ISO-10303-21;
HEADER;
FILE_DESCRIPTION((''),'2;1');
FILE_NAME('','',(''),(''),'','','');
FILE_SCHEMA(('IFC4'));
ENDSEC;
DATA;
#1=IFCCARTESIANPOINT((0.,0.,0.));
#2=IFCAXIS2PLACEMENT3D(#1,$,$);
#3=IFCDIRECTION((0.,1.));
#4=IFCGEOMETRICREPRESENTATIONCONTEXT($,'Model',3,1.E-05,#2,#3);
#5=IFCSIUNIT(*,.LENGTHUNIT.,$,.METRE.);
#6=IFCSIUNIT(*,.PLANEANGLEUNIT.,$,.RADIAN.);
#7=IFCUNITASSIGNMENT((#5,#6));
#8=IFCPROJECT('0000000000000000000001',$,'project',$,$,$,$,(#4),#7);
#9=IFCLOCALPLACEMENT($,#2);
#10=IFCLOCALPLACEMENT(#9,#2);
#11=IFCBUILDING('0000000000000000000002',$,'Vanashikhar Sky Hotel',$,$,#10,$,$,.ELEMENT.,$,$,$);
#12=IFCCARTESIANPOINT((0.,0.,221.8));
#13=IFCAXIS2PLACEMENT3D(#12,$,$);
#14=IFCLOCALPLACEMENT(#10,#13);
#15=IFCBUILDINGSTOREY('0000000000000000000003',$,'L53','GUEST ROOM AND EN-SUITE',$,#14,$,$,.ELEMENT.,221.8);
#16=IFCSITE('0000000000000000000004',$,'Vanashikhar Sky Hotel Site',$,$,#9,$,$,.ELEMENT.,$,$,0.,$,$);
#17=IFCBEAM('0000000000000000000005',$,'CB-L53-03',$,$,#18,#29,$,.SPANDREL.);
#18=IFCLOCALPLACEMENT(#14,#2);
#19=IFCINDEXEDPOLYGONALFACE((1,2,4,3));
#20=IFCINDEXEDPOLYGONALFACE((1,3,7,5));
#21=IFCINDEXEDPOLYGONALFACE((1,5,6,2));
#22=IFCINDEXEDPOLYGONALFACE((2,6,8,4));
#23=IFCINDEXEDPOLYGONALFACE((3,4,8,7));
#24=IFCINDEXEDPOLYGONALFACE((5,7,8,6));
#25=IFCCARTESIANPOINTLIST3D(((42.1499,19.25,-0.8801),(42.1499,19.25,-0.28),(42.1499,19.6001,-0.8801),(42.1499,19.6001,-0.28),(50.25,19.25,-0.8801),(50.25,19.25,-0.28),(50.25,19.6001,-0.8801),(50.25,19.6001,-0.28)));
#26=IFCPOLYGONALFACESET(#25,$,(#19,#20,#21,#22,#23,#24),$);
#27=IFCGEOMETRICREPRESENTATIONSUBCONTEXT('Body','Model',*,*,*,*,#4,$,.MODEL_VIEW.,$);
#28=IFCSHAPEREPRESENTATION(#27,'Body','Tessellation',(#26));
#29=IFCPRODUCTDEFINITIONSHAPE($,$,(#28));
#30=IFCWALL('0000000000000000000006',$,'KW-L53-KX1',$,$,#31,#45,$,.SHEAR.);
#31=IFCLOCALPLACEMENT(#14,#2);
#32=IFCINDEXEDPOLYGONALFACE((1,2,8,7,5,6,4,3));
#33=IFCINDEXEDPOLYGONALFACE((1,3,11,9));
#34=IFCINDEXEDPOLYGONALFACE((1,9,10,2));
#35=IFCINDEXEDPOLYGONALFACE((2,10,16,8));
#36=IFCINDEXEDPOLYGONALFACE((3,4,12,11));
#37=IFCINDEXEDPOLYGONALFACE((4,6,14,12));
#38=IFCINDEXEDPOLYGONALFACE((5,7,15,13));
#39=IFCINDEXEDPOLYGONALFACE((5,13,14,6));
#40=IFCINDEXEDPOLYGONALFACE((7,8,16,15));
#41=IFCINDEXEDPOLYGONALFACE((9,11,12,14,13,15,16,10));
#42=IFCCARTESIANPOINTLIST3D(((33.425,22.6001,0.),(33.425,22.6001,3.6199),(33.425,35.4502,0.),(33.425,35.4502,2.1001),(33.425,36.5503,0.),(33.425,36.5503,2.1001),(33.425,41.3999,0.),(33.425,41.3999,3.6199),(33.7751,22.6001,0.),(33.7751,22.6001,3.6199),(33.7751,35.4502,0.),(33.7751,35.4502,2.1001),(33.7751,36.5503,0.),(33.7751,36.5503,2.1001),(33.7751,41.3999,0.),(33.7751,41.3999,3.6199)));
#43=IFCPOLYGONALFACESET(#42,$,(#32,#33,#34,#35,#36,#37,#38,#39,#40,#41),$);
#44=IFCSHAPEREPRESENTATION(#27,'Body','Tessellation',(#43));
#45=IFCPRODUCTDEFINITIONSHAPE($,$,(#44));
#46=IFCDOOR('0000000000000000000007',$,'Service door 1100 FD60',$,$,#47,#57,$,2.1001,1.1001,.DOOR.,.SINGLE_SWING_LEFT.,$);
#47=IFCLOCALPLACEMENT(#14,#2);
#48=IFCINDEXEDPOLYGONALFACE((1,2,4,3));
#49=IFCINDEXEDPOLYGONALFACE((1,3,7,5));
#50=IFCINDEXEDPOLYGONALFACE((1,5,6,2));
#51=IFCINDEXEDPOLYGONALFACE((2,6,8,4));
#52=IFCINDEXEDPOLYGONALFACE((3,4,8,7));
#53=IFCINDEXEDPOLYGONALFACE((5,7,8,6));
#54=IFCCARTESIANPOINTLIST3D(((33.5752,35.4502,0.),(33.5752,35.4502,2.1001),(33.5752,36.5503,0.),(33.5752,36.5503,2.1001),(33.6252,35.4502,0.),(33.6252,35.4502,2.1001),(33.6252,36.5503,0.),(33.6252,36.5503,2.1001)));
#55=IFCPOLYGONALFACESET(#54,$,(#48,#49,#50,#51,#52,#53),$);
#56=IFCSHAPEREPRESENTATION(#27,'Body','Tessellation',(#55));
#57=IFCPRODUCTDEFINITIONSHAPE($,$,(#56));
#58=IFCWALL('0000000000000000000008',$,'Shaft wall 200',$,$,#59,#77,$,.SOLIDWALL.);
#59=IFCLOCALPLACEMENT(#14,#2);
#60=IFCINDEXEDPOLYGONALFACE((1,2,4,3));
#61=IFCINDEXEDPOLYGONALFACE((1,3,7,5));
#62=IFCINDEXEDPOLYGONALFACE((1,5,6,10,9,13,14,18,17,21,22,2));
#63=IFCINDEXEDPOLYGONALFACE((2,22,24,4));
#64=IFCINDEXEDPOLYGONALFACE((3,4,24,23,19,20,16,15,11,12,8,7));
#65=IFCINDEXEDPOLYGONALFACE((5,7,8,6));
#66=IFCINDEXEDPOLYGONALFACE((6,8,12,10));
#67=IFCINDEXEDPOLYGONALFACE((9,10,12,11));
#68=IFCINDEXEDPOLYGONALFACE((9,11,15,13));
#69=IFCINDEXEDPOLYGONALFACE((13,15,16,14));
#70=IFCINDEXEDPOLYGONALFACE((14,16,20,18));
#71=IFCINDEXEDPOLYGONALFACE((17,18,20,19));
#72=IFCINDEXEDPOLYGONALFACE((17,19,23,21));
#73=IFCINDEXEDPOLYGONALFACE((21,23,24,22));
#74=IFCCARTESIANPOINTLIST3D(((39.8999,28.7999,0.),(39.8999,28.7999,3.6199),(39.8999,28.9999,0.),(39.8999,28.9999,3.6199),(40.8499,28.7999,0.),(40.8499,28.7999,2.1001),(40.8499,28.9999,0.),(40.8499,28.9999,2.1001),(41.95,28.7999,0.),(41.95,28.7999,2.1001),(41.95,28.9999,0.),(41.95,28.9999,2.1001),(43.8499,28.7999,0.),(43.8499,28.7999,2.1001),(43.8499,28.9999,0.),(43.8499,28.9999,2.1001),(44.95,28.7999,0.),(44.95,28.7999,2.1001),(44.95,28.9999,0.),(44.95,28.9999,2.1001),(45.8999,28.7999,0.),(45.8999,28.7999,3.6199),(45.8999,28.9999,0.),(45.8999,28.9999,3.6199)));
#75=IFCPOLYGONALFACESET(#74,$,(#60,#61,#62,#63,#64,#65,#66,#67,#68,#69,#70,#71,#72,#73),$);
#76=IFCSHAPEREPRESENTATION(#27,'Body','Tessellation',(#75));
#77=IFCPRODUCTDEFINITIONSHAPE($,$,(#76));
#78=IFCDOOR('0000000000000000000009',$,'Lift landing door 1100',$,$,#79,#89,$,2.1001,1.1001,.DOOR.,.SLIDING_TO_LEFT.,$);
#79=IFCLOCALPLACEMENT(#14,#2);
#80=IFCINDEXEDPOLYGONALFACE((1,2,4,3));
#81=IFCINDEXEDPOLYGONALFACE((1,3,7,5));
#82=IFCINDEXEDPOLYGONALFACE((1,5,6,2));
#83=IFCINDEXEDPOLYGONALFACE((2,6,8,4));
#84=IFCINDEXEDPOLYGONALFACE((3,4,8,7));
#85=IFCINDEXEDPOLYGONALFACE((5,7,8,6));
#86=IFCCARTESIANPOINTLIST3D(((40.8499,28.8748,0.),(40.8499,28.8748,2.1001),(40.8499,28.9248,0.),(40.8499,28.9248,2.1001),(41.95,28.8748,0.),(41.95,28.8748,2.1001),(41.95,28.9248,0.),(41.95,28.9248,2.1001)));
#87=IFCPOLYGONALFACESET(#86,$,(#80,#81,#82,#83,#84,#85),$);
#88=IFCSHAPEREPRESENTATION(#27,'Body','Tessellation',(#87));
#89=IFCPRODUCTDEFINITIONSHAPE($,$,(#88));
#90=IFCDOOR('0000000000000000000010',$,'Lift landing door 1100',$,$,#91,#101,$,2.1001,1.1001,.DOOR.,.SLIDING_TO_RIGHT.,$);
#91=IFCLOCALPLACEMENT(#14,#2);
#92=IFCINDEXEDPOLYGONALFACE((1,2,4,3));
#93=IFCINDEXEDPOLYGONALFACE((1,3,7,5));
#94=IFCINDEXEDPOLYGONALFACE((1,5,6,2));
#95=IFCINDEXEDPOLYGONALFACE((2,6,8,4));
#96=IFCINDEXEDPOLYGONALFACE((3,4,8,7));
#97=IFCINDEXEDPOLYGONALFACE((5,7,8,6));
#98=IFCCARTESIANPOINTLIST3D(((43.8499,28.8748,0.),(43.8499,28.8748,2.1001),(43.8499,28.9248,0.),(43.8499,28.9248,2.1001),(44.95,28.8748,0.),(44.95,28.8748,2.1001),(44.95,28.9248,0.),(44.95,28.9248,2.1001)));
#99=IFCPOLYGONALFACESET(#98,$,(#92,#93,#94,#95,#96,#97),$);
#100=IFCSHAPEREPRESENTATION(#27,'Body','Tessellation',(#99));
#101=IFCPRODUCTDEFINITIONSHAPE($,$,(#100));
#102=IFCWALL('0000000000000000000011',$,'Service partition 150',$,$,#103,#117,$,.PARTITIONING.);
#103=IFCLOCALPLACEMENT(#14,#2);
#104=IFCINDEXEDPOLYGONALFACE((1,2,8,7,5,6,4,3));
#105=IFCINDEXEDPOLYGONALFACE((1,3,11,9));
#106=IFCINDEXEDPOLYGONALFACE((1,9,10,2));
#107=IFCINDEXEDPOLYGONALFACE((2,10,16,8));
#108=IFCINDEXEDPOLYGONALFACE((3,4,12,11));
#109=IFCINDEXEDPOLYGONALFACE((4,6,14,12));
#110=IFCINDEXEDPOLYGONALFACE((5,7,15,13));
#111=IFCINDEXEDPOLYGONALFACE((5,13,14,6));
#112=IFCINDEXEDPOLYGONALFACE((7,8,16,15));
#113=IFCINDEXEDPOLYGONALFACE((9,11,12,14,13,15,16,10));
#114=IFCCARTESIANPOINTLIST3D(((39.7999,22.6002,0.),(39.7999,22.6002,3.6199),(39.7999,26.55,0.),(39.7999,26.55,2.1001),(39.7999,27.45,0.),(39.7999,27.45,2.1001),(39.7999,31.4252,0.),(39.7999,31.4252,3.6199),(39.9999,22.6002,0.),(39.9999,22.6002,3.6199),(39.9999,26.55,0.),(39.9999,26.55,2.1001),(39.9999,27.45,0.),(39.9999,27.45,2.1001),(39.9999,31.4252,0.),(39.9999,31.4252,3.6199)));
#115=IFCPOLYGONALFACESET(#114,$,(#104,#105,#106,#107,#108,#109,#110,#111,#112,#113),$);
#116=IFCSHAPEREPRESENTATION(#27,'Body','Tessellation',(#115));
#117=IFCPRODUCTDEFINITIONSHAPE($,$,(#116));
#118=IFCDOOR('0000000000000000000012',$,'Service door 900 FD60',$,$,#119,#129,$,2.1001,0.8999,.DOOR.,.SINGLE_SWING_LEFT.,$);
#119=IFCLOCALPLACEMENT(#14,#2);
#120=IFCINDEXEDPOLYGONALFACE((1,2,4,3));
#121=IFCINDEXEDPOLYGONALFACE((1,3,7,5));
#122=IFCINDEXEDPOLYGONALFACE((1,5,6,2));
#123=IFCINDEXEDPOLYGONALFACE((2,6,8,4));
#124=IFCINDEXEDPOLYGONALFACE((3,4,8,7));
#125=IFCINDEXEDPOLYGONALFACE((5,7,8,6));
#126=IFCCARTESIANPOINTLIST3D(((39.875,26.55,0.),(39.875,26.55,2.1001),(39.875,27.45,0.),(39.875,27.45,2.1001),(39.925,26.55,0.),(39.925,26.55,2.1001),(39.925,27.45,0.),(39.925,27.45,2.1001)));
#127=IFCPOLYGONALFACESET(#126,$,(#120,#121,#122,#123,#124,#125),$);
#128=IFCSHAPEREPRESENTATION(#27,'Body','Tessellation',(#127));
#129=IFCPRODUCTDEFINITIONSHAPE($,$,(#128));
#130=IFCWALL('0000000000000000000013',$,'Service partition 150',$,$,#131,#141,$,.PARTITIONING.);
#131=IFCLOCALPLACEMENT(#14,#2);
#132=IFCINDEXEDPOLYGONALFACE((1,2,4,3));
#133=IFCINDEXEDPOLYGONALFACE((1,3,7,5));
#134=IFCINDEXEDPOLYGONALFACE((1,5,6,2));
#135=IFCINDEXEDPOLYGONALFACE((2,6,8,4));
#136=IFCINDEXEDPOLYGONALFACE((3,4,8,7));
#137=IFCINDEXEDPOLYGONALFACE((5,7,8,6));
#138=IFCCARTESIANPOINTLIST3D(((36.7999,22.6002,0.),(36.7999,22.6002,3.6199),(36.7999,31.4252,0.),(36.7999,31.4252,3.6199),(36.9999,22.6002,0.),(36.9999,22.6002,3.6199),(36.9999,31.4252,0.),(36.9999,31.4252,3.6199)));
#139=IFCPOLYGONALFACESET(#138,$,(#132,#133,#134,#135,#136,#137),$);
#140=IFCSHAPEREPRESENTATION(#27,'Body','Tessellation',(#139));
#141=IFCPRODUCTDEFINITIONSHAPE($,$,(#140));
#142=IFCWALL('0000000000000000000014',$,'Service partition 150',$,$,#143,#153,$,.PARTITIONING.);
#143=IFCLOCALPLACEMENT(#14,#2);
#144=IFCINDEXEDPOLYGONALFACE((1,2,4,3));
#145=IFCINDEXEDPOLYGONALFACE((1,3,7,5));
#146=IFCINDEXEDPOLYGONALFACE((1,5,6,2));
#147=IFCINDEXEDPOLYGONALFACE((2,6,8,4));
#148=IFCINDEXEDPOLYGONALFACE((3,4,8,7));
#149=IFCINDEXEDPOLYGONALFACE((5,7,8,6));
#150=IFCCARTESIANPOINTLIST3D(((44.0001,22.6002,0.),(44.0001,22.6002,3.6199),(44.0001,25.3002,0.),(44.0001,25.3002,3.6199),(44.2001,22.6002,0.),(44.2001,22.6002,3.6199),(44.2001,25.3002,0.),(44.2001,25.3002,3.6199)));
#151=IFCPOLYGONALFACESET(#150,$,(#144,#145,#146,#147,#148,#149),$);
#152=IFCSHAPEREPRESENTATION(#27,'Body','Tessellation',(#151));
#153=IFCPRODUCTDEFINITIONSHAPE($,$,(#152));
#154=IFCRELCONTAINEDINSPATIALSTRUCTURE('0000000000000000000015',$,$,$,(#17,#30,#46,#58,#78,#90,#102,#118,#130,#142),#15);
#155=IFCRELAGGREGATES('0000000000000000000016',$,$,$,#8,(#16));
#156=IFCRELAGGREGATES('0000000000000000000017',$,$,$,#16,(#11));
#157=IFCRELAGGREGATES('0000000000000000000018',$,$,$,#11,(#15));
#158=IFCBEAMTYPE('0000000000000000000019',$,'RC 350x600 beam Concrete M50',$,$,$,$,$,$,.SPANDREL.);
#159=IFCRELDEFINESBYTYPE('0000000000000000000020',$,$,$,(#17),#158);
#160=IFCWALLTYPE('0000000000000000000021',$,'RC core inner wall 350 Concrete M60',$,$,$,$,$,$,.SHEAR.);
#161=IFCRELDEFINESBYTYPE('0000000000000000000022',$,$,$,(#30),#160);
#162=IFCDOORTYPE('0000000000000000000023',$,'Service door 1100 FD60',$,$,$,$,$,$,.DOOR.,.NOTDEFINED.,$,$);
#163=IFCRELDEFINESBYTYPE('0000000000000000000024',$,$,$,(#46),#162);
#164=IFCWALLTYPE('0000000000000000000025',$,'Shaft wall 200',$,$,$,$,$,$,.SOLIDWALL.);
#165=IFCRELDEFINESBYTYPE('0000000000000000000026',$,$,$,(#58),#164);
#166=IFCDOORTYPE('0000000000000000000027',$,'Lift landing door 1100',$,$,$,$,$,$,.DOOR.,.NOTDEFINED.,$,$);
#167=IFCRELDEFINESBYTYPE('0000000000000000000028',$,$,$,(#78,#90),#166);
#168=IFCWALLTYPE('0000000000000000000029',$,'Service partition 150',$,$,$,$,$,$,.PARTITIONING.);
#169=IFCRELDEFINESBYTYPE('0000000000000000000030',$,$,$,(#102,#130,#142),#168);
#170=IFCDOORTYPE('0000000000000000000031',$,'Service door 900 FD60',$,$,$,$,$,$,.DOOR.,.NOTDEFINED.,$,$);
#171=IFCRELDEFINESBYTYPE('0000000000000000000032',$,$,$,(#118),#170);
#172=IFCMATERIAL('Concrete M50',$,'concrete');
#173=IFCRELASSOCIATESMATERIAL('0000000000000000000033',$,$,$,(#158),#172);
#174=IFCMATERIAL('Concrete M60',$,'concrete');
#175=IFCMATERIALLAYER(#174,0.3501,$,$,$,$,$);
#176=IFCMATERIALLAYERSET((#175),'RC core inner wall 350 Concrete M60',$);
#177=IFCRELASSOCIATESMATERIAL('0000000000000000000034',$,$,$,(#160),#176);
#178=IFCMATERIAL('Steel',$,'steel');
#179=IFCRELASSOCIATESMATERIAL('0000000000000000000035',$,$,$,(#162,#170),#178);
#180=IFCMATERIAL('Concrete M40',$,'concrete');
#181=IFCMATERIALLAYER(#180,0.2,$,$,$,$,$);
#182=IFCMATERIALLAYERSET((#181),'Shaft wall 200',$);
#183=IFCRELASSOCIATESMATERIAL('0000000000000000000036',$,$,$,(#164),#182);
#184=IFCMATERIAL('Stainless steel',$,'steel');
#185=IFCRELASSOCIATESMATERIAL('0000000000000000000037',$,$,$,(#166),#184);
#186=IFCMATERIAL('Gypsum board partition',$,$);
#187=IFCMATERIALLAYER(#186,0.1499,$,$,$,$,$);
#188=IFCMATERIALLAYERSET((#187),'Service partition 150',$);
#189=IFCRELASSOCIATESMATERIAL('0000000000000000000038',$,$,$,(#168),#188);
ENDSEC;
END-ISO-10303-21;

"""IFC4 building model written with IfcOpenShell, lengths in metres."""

from ifc_helpers import new_model, si_unit, direction, frame, frame_2d, origin, origin_2d, place, context, subcontext, project, spatial, rectangle, extrude, source, transform, mapped, material, layer, layer_set, material_profile, profile_set, type_object, element, fill, save


model = new_model("IFC4")

# Units and contexts
model_context = context("Model", 3, precision=1e-05, world=origin(), true_north=direction((0.0, 1.0)))
body_context = subcontext(model_context, "Body", "Model", "MODEL_VIEW")
ifc_project = project(units=[si_unit("LENGTHUNIT", "METRE"), si_unit("PLANEANGLEUNIT", "RADIAN")], contexts=[model_context])

# Site, building, storey
site_placement = place(None, origin())
site = spatial("IfcSite", under=ifc_project, at=site_placement, Name="Vanashikhar Sky Hotel Site", CompositionType="ELEMENT", RefElevation=0.0)
building_placement = place(site_placement, origin())
building = spatial("IfcBuilding", under=site, at=building_placement, Name="Vanashikhar Sky Hotel", CompositionType="ELEMENT")
storey_placement = place(building_placement, frame((0.0, 0.0, 221.8)))
storey = spatial("IfcBuildingStorey", under=building, at=storey_placement, Name="L53", Description="GUEST ROOM AND EN-SUITE", CompositionType="ELEMENT", Elevation=221.8)

# Beam
ifc_material_1 = material(Name="Concrete M50", Category="concrete")
ifc_material_profile = material_profile(ifc_material_1, rectangle(XDim=0.3501, YDim=0.6001, at=origin_2d()))
ifc_profile_set = profile_set([ifc_material_profile], Name="RC 350x600 beam Concrete M50")
beam_type = type_object("IfcBeamType", Name="RC 350x600 beam Concrete M50", PredefinedType="SPANDREL", material=ifc_profile_set)
shared_shape_1 = source(origin(), body_context, "Body", "SweptSolid", [
    extrude(rectangle(XDim=0.3501, YDim=0.6001, at=origin_2d()), origin(), (0.0, 0.0, 1.0), 8.1001),
])
beam_placement = place(storey_placement, frame((42.1499, 19.425, -0.5801), z_axis=(1.0, 0.0, 0.0), x_axis=(0.0, 1.0, 0.0)))
element("IfcBeam", 1, at=beam_placement, inside=storey, type_object=beam_type, Name="CB-L53-03", PredefinedType="SPANDREL", context=body_context, shape_type="MappedRepresentation", body=[
    mapped(shared_shape_1, transform((0.0, 0.0, 0.0), scale=1.0)),
])

# Wall, opening, door
ifc_material_2 = material(Name="Concrete M60", Category="concrete")
ifc_layer_1 = layer(ifc_material_2, 0.3501)
ifc_layer_set_1 = layer_set([ifc_layer_1], Name="RC core inner wall 350 Concrete M60")
wall_type_1 = type_object("IfcWallType", Name="RC core inner wall 350 Concrete M60", PredefinedType="SHEAR", material=ifc_layer_set_1)
shared_shape_2 = source(origin(), body_context, "Body", "SweptSolid", [
    extrude(rectangle(XDim=18.7998, YDim=0.3501, at=frame_2d((9.3999, 0.0))), origin(), (0.0, 0.0, 1.0), 3.6199),
])
wall_1_placement = place(storey_placement, frame((33.6001, 22.6001, 0.0), z_axis=(0.0, 0.0, 1.0), x_axis=(0.0, 1.0, 0.0)))
wall_1 = element("IfcWall", 2, at=wall_1_placement, inside=storey, type_object=wall_type_1, Name="KW-L53-KX1", PredefinedType="SHEAR", context=body_context, shape_type="MappedRepresentation", body=[
    mapped(shared_shape_2, transform((0.0, 0.0, 0.0), scale=1.0)),
])
shared_shape_3 = source(origin(), body_context, "Body", "SweptSolid", [
    extrude(rectangle(XDim=1.1001, YDim=2.1001, at=frame_2d((0.55, 1.05))), frame((0.0, 0.1851, 0.0), z_axis=(0.0, -1.0, 0.0), x_axis=(1.0, 0.0, 0.0)), (0.0, 0.0, 1.0), 0.3701),
])
opening_1_placement = place(wall_1_placement, frame((12.8501, 0.0, 0.0)))
opening_1 = element("IfcOpeningElement", 3, at=opening_1_placement, cuts=wall_1, PredefinedType="OPENING", context=body_context, shape_type="MappedRepresentation", body=[
    mapped(shared_shape_3, transform((0.0, 0.0, 0.0), scale=1.0)),
])
ifc_material_3 = material(Name="Steel", Category="steel")
door_type_1 = type_object("IfcDoorType", Name="Service door 1100 FD60", OperationType="NOTDEFINED", PredefinedType="DOOR", material=ifc_material_3)
shared_shape_4 = source(origin(), body_context, "Body", "SweptSolid", [
    extrude(rectangle(XDim=1.1001, YDim=2.1001, at=frame_2d((0.55, 1.05))), frame((0.0, 0.0249, 0.0), z_axis=(0.0, -1.0, 0.0), x_axis=(1.0, 0.0, 0.0)), (0.0, 0.0, 1.0), 0.05),
])
door_1_placement = place(opening_1_placement, origin())
door_1 = element("IfcDoor", 4, at=door_1_placement, inside=storey, type_object=door_type_1, Name="Service door 1100 FD60", OperationType="SINGLE_SWING_LEFT", OverallHeight=2.1001, OverallWidth=1.1001, PredefinedType="DOOR", context=body_context, shape_type="MappedRepresentation", body=[
    mapped(shared_shape_4, transform((0.0, 0.0, 0.0), scale=1.0)),
])
fill(opening_1, door_1)

# Wall, openings, doors
ifc_material_4 = material(Name="Concrete M40", Category="concrete")
ifc_layer_2 = layer(ifc_material_4, 0.2)
ifc_layer_set_2 = layer_set([ifc_layer_2], Name="Shaft wall 200")
wall_type_2 = type_object("IfcWallType", Name="Shaft wall 200", PredefinedType="SOLIDWALL", material=ifc_layer_set_2)
shared_shape_5 = source(origin(), body_context, "Body", "SweptSolid", [
    extrude(rectangle(XDim=6.0, YDim=0.2, at=frame_2d((3.0, 0.0))), origin(), (0.0, 0.0, 1.0), 3.6199),
])
wall_2_placement = place(storey_placement, frame((39.8999, 28.8999, 0.0), z_axis=(0.0, 0.0, 1.0), x_axis=(1.0, 0.0, 0.0)))
wall_2 = element("IfcWall", 5, at=wall_2_placement, inside=storey, type_object=wall_type_2, Name="Shaft wall 200", PredefinedType="SOLIDWALL", context=body_context, shape_type="MappedRepresentation", body=[
    mapped(shared_shape_5, transform((0.0, 0.0, 0.0), scale=1.0)),
])
shared_shape_6 = source(origin(), body_context, "Body", "SweptSolid", [
    extrude(rectangle(XDim=1.1001, YDim=2.1001, at=frame_2d((0.55, 1.05))), frame((0.0, 0.1099, 0.0), z_axis=(0.0, -1.0, 0.0), x_axis=(1.0, 0.0, 0.0)), (0.0, 0.0, 1.0), 0.22),
])
opening_2_placement = place(wall_2_placement, frame((0.95, 0.0, 0.0)))
opening_2 = element("IfcOpeningElement", 6, at=opening_2_placement, cuts=wall_2, PredefinedType="OPENING", context=body_context, shape_type="MappedRepresentation", body=[
    mapped(shared_shape_6, transform((0.0, 0.0, 0.0), scale=1.0)),
])
opening_3_placement = place(wall_2_placement, frame((3.95, 0.0, 0.0)))
opening_3 = element("IfcOpeningElement", 7, at=opening_3_placement, cuts=wall_2, PredefinedType="OPENING", context=body_context, shape_type="MappedRepresentation", body=[
    mapped(shared_shape_6, transform((0.0, 0.0, 0.0), scale=1.0)),
])
ifc_material_5 = material(Name="Stainless steel", Category="steel")
door_type_2 = type_object("IfcDoorType", Name="Lift landing door 1100", OperationType="NOTDEFINED", PredefinedType="DOOR", material=ifc_material_5)
door_2_placement = place(opening_2_placement, origin())
door_2 = element("IfcDoor", 8, at=door_2_placement, inside=storey, type_object=door_type_2, Name="Lift landing door 1100", OperationType="SLIDING_TO_LEFT", OverallHeight=2.1001, OverallWidth=1.1001, PredefinedType="DOOR", context=body_context, shape_type="MappedRepresentation", body=[
    mapped(shared_shape_4, transform((0.0, 0.0, 0.0), scale=1.0)),
])
fill(opening_2, door_2)
door_3_placement = place(opening_3_placement, origin())
door_3 = element("IfcDoor", 9, at=door_3_placement, inside=storey, type_object=door_type_2, Name="Lift landing door 1100", OperationType="SLIDING_TO_RIGHT", OverallHeight=2.1001, OverallWidth=1.1001, PredefinedType="DOOR", context=body_context, shape_type="MappedRepresentation", body=[
    mapped(shared_shape_4, transform((0.0, 0.0, 0.0), scale=1.0)),
])
fill(opening_3, door_3)

# Wall, opening, door
ifc_material_6 = material(Name="Gypsum board partition")
ifc_layer_3 = layer(ifc_material_6, 0.1499)
ifc_layer_set_3 = layer_set([ifc_layer_3], Name="Service partition 150")
wall_type_3 = type_object("IfcWallType", Name="Service partition 150", PredefinedType="PARTITIONING", material=ifc_layer_set_3)
shared_shape_7 = source(origin(), body_context, "Body", "SweptSolid", [
    extrude(rectangle(XDim=8.825, YDim=0.2, at=frame_2d((4.4126, 0.0))), origin(), (0.0, 0.0, 1.0), 3.6199),
])
wall_3_placement = place(storey_placement, frame((39.8999, 22.6001, 0.0), z_axis=(0.0, 0.0, 1.0), x_axis=(0.0, 1.0, 0.0)))
wall_3 = element("IfcWall", 10, at=wall_3_placement, inside=storey, type_object=wall_type_3, Name="Service partition 150", PredefinedType="PARTITIONING", context=body_context, shape_type="MappedRepresentation", body=[
    mapped(shared_shape_7, transform((0.0, 0.0, 0.0), scale=1.0)),
])
shared_shape_8 = source(origin(), body_context, "Body", "SweptSolid", [
    extrude(rectangle(XDim=0.8999, YDim=2.1001, at=frame_2d((0.45, 1.05))), frame((0.0, 0.1099, 0.0), z_axis=(0.0, -1.0, 0.0), x_axis=(1.0, 0.0, 0.0)), (0.0, 0.0, 1.0), 0.22),
])
opening_4_placement = place(wall_3_placement, frame((3.95, 0.0, 0.0)))
opening_4 = element("IfcOpeningElement", 11, at=opening_4_placement, cuts=wall_3, PredefinedType="OPENING", context=body_context, shape_type="MappedRepresentation", body=[
    mapped(shared_shape_8, transform((0.0, 0.0, 0.0), scale=1.0)),
])
door_type_3 = type_object("IfcDoorType", Name="Service door 900 FD60", OperationType="NOTDEFINED", PredefinedType="DOOR", material=ifc_material_3)
shared_shape_9 = source(origin(), body_context, "Body", "SweptSolid", [
    extrude(rectangle(XDim=0.8999, YDim=2.1001, at=frame_2d((0.45, 1.05))), frame((0.0, 0.0249, 0.0), z_axis=(0.0, -1.0, 0.0), x_axis=(1.0, 0.0, 0.0)), (0.0, 0.0, 1.0), 0.05),
])
door_4_placement = place(opening_4_placement, origin())
door_4 = element("IfcDoor", 12, at=door_4_placement, inside=storey, type_object=door_type_3, Name="Service door 900 FD60", OperationType="SINGLE_SWING_LEFT", OverallHeight=2.1001, OverallWidth=0.8999, PredefinedType="DOOR", context=body_context, shape_type="MappedRepresentation", body=[
    mapped(shared_shape_9, transform((0.0, 0.0, 0.0), scale=1.0)),
])
fill(opening_4, door_4)

# Walls
wall_4_placement = place(storey_placement, frame((36.8999, 22.6001, 0.0), z_axis=(0.0, 0.0, 1.0), x_axis=(0.0, 1.0, 0.0)))
element("IfcWall", 13, at=wall_4_placement, inside=storey, type_object=wall_type_3, Name="Service partition 150", PredefinedType="PARTITIONING", context=body_context, shape_type="MappedRepresentation", body=[
    mapped(shared_shape_7, transform((0.0, 0.0, 0.0), scale=1.0)),
])
shared_shape_10 = source(origin(), body_context, "Body", "SweptSolid", [
    extrude(rectangle(XDim=2.7, YDim=0.2, at=frame_2d((1.3501, 0.0))), origin(), (0.0, 0.0, 1.0), 3.6199),
])
wall_5_placement = place(storey_placement, frame((44.1001, 22.6001, 0.0), z_axis=(0.0, 0.0, 1.0), x_axis=(0.0, 1.0, 0.0)))
element("IfcWall", 14, at=wall_5_placement, inside=storey, type_object=wall_type_3, Name="Service partition 150", PredefinedType="PARTITIONING", context=body_context, shape_type="MappedRepresentation", body=[
    mapped(shared_shape_10, transform((0.0, 0.0, 0.0), scale=1.0)),
])

save(model, "model.ifc")
